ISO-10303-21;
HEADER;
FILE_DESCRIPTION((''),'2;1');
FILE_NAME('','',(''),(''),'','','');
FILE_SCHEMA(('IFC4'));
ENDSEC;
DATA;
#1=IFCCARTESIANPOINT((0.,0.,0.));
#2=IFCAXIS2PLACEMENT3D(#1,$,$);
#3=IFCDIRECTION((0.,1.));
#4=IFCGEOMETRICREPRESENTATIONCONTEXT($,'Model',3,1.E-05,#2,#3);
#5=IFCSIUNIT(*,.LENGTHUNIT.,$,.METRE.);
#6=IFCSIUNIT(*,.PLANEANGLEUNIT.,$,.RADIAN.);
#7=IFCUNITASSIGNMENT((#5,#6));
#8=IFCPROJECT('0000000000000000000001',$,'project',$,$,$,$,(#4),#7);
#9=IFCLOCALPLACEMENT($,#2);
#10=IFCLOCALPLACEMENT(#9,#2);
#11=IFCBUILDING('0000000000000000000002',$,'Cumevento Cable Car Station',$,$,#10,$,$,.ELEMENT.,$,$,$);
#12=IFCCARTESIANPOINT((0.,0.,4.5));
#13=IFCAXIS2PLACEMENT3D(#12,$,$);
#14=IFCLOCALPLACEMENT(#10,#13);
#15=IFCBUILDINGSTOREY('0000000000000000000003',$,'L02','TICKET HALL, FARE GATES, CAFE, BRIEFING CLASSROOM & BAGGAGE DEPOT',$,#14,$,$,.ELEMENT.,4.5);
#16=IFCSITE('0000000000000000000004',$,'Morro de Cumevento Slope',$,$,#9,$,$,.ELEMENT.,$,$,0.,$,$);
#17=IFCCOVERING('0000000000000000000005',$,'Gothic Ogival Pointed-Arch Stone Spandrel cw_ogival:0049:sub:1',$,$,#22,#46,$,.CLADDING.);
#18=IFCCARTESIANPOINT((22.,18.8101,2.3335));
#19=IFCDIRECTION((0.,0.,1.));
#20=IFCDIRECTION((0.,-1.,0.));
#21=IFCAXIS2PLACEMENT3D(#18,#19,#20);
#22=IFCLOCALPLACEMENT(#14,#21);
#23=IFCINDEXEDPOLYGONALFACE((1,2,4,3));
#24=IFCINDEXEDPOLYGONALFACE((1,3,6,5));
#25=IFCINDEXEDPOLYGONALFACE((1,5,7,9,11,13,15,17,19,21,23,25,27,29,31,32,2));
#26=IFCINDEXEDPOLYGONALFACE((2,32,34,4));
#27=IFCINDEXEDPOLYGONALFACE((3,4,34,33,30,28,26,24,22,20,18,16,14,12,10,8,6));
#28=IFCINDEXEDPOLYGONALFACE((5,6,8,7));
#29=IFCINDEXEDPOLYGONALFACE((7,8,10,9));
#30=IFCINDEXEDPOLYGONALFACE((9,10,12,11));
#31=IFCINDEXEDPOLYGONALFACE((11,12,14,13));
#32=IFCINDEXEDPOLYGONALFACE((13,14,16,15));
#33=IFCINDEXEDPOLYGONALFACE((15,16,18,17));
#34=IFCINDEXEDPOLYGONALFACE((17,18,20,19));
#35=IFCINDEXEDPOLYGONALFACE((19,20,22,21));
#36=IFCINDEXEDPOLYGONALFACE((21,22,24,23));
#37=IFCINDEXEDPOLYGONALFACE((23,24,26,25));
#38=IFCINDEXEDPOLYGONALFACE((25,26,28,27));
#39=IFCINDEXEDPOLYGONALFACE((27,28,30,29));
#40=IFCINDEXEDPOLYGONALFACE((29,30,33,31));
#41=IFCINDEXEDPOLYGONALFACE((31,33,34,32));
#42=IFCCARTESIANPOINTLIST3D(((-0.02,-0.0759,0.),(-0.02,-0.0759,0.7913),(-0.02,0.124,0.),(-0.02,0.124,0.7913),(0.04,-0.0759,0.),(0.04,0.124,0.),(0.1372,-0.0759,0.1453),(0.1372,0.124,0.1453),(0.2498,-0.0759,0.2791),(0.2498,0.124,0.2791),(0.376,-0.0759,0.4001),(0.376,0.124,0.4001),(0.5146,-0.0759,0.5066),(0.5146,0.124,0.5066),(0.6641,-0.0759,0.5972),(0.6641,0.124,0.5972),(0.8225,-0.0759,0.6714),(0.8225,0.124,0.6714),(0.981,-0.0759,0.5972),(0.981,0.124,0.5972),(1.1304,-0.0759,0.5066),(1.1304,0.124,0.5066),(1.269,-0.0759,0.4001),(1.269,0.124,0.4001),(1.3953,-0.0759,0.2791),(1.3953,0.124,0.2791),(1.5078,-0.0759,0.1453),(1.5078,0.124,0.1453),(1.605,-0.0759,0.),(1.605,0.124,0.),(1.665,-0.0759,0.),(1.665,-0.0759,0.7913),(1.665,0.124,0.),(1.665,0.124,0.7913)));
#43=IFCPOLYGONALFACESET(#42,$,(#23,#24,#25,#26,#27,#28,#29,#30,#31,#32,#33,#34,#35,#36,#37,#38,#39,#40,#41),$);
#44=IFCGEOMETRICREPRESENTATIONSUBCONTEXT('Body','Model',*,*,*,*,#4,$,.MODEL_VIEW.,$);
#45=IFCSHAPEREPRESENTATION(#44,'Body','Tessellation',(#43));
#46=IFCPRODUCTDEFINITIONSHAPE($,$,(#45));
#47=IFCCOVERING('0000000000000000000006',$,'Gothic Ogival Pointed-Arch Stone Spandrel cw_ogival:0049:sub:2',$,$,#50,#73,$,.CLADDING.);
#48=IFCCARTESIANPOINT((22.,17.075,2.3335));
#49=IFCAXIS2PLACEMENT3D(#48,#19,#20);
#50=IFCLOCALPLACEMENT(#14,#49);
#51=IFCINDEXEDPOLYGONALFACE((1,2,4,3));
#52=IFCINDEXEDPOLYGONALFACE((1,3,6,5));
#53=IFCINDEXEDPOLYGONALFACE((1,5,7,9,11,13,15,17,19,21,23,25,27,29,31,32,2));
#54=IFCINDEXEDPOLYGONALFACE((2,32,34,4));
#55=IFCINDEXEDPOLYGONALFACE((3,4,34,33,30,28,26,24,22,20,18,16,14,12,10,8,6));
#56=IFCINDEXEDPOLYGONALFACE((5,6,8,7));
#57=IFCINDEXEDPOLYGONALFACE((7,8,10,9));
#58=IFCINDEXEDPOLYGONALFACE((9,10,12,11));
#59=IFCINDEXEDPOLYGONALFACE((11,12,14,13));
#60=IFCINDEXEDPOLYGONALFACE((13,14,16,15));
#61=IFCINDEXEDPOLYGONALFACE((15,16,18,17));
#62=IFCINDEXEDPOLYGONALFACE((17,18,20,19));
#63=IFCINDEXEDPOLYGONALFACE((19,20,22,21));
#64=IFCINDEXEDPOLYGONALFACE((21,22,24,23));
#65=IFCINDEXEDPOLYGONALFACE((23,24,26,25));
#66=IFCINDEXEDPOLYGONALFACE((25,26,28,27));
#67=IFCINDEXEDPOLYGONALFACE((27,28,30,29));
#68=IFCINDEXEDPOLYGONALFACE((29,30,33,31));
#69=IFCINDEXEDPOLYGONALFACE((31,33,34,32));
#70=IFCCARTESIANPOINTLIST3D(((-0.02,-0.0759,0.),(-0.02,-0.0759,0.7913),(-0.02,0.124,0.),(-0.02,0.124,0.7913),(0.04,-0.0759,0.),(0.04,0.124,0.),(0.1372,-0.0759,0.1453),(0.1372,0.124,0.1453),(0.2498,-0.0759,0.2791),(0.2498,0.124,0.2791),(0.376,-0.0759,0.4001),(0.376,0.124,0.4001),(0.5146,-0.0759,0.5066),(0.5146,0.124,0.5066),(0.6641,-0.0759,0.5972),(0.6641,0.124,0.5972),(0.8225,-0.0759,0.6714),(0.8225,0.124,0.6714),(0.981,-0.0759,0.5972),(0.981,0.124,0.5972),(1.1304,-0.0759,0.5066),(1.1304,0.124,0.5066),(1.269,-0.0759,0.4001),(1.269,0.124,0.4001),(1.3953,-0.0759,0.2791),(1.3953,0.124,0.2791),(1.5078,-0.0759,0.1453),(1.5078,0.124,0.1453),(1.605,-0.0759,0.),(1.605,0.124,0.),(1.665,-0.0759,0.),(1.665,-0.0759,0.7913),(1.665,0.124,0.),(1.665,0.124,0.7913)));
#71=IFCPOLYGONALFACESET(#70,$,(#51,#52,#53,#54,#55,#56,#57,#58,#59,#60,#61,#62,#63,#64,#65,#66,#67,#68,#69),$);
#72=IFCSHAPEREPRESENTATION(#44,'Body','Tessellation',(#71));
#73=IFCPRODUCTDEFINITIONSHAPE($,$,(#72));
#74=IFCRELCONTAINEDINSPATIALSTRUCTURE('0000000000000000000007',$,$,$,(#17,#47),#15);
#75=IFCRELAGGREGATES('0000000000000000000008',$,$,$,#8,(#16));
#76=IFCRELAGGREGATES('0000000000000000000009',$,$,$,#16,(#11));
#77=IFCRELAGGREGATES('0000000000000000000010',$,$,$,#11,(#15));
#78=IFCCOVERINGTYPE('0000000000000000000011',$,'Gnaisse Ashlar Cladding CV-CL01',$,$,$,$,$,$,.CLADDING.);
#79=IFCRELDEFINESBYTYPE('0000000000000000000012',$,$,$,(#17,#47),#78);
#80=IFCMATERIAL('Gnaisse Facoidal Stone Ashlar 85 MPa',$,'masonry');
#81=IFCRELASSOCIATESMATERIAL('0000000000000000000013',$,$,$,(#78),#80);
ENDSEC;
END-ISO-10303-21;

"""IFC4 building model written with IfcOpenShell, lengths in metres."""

from ifc_helpers import new_model, si_unit, direction, frame, origin, place, context, subcontext, project, spatial, polyline, outline, extrude, material, type_object, element, save


model = new_model("IFC4")

# Units and contexts
model_context = context("Model", 3, precision=1e-05, world=origin(), true_north=direction((0.0, 1.0)))
body_context = subcontext(model_context, "Body", "Model", "MODEL_VIEW")
ifc_project = project(units=[si_unit("LENGTHUNIT", "METRE"), si_unit("PLANEANGLEUNIT", "RADIAN")], contexts=[model_context])

# Site, building, storey
site_placement = place(None, origin())
site = spatial("IfcSite", under=ifc_project, at=site_placement, Name="Morro de Cumevento Slope", CompositionType="ELEMENT", RefElevation=0.0)
building_placement = place(site_placement, origin())
building = spatial("IfcBuilding", under=site, at=building_placement, Name="Cumevento Cable Car Station", CompositionType="ELEMENT")
storey_placement = place(building_placement, frame((0.0, 0.0, 4.5)))
storey = spatial("IfcBuildingStorey", under=building, at=storey_placement, Name="L02", Description="TICKET HALL, FARE GATES, CAFE, BRIEFING CLASSROOM & BAGGAGE DEPOT", CompositionType="ELEMENT", Elevation=4.5)

# Coverings
ifc_material_1 = material(Name="Gnaisse Facoidal Stone Ashlar 85 MPa", Category="masonry")
covering_type = type_object("IfcCoveringType", Name="Gnaisse Ashlar Cladding CV-CL01", PredefinedType="CLADDING", material=ifc_material_1)
for number, where, z_axis, x_axis, name in (
    (1, (22.0, 18.8101, 2.3335), (0.0, 0.0, 1.0), (0.0, -1.0, 0.0), "Gothic Ogival Pointed-Arch Stone Spandrel cw_ogival:0049:sub:1"),
    (2, (22.0, 17.075, 2.3335), (0.0, 0.0, 1.0), (0.0, -1.0, 0.0), "Gothic Ogival Pointed-Arch Stone Spandrel cw_ogival:0049:sub:2"),
):
    element("IfcCovering", number, at=place(storey_placement, frame(where, z_axis=z_axis, x_axis=x_axis)), inside=storey, type_object=covering_type, Name=name, PredefinedType="CLADDING", context=body_context, shape_type="SweptSolid", body=[
        extrude(outline(polyline([(-0.02, 0.0), (-0.02, 0.7913), (1.665, 0.7913), (1.665, 0.0), (1.605, 0.0), (1.5078, 0.1453), (1.3953, 0.2791), (1.269, 0.4001), (1.1304, 0.5066), (0.981, 0.5972), (0.8225, 0.6714), (0.6641, 0.5972), (0.5146, 0.5066), (0.376, 0.4001), (0.2498, 0.2791), (0.1372, 0.1453), (0.04, 0.0), (-0.02, 0.0)])), frame((0.0, 0.124, 0.0), z_axis=(0.0, -1.0, 0.0), x_axis=(1.0, 0.0, 0.0)), (0.0, 0.0, 1.0), 0.2),
    ])

save(model, "model.ifc")
